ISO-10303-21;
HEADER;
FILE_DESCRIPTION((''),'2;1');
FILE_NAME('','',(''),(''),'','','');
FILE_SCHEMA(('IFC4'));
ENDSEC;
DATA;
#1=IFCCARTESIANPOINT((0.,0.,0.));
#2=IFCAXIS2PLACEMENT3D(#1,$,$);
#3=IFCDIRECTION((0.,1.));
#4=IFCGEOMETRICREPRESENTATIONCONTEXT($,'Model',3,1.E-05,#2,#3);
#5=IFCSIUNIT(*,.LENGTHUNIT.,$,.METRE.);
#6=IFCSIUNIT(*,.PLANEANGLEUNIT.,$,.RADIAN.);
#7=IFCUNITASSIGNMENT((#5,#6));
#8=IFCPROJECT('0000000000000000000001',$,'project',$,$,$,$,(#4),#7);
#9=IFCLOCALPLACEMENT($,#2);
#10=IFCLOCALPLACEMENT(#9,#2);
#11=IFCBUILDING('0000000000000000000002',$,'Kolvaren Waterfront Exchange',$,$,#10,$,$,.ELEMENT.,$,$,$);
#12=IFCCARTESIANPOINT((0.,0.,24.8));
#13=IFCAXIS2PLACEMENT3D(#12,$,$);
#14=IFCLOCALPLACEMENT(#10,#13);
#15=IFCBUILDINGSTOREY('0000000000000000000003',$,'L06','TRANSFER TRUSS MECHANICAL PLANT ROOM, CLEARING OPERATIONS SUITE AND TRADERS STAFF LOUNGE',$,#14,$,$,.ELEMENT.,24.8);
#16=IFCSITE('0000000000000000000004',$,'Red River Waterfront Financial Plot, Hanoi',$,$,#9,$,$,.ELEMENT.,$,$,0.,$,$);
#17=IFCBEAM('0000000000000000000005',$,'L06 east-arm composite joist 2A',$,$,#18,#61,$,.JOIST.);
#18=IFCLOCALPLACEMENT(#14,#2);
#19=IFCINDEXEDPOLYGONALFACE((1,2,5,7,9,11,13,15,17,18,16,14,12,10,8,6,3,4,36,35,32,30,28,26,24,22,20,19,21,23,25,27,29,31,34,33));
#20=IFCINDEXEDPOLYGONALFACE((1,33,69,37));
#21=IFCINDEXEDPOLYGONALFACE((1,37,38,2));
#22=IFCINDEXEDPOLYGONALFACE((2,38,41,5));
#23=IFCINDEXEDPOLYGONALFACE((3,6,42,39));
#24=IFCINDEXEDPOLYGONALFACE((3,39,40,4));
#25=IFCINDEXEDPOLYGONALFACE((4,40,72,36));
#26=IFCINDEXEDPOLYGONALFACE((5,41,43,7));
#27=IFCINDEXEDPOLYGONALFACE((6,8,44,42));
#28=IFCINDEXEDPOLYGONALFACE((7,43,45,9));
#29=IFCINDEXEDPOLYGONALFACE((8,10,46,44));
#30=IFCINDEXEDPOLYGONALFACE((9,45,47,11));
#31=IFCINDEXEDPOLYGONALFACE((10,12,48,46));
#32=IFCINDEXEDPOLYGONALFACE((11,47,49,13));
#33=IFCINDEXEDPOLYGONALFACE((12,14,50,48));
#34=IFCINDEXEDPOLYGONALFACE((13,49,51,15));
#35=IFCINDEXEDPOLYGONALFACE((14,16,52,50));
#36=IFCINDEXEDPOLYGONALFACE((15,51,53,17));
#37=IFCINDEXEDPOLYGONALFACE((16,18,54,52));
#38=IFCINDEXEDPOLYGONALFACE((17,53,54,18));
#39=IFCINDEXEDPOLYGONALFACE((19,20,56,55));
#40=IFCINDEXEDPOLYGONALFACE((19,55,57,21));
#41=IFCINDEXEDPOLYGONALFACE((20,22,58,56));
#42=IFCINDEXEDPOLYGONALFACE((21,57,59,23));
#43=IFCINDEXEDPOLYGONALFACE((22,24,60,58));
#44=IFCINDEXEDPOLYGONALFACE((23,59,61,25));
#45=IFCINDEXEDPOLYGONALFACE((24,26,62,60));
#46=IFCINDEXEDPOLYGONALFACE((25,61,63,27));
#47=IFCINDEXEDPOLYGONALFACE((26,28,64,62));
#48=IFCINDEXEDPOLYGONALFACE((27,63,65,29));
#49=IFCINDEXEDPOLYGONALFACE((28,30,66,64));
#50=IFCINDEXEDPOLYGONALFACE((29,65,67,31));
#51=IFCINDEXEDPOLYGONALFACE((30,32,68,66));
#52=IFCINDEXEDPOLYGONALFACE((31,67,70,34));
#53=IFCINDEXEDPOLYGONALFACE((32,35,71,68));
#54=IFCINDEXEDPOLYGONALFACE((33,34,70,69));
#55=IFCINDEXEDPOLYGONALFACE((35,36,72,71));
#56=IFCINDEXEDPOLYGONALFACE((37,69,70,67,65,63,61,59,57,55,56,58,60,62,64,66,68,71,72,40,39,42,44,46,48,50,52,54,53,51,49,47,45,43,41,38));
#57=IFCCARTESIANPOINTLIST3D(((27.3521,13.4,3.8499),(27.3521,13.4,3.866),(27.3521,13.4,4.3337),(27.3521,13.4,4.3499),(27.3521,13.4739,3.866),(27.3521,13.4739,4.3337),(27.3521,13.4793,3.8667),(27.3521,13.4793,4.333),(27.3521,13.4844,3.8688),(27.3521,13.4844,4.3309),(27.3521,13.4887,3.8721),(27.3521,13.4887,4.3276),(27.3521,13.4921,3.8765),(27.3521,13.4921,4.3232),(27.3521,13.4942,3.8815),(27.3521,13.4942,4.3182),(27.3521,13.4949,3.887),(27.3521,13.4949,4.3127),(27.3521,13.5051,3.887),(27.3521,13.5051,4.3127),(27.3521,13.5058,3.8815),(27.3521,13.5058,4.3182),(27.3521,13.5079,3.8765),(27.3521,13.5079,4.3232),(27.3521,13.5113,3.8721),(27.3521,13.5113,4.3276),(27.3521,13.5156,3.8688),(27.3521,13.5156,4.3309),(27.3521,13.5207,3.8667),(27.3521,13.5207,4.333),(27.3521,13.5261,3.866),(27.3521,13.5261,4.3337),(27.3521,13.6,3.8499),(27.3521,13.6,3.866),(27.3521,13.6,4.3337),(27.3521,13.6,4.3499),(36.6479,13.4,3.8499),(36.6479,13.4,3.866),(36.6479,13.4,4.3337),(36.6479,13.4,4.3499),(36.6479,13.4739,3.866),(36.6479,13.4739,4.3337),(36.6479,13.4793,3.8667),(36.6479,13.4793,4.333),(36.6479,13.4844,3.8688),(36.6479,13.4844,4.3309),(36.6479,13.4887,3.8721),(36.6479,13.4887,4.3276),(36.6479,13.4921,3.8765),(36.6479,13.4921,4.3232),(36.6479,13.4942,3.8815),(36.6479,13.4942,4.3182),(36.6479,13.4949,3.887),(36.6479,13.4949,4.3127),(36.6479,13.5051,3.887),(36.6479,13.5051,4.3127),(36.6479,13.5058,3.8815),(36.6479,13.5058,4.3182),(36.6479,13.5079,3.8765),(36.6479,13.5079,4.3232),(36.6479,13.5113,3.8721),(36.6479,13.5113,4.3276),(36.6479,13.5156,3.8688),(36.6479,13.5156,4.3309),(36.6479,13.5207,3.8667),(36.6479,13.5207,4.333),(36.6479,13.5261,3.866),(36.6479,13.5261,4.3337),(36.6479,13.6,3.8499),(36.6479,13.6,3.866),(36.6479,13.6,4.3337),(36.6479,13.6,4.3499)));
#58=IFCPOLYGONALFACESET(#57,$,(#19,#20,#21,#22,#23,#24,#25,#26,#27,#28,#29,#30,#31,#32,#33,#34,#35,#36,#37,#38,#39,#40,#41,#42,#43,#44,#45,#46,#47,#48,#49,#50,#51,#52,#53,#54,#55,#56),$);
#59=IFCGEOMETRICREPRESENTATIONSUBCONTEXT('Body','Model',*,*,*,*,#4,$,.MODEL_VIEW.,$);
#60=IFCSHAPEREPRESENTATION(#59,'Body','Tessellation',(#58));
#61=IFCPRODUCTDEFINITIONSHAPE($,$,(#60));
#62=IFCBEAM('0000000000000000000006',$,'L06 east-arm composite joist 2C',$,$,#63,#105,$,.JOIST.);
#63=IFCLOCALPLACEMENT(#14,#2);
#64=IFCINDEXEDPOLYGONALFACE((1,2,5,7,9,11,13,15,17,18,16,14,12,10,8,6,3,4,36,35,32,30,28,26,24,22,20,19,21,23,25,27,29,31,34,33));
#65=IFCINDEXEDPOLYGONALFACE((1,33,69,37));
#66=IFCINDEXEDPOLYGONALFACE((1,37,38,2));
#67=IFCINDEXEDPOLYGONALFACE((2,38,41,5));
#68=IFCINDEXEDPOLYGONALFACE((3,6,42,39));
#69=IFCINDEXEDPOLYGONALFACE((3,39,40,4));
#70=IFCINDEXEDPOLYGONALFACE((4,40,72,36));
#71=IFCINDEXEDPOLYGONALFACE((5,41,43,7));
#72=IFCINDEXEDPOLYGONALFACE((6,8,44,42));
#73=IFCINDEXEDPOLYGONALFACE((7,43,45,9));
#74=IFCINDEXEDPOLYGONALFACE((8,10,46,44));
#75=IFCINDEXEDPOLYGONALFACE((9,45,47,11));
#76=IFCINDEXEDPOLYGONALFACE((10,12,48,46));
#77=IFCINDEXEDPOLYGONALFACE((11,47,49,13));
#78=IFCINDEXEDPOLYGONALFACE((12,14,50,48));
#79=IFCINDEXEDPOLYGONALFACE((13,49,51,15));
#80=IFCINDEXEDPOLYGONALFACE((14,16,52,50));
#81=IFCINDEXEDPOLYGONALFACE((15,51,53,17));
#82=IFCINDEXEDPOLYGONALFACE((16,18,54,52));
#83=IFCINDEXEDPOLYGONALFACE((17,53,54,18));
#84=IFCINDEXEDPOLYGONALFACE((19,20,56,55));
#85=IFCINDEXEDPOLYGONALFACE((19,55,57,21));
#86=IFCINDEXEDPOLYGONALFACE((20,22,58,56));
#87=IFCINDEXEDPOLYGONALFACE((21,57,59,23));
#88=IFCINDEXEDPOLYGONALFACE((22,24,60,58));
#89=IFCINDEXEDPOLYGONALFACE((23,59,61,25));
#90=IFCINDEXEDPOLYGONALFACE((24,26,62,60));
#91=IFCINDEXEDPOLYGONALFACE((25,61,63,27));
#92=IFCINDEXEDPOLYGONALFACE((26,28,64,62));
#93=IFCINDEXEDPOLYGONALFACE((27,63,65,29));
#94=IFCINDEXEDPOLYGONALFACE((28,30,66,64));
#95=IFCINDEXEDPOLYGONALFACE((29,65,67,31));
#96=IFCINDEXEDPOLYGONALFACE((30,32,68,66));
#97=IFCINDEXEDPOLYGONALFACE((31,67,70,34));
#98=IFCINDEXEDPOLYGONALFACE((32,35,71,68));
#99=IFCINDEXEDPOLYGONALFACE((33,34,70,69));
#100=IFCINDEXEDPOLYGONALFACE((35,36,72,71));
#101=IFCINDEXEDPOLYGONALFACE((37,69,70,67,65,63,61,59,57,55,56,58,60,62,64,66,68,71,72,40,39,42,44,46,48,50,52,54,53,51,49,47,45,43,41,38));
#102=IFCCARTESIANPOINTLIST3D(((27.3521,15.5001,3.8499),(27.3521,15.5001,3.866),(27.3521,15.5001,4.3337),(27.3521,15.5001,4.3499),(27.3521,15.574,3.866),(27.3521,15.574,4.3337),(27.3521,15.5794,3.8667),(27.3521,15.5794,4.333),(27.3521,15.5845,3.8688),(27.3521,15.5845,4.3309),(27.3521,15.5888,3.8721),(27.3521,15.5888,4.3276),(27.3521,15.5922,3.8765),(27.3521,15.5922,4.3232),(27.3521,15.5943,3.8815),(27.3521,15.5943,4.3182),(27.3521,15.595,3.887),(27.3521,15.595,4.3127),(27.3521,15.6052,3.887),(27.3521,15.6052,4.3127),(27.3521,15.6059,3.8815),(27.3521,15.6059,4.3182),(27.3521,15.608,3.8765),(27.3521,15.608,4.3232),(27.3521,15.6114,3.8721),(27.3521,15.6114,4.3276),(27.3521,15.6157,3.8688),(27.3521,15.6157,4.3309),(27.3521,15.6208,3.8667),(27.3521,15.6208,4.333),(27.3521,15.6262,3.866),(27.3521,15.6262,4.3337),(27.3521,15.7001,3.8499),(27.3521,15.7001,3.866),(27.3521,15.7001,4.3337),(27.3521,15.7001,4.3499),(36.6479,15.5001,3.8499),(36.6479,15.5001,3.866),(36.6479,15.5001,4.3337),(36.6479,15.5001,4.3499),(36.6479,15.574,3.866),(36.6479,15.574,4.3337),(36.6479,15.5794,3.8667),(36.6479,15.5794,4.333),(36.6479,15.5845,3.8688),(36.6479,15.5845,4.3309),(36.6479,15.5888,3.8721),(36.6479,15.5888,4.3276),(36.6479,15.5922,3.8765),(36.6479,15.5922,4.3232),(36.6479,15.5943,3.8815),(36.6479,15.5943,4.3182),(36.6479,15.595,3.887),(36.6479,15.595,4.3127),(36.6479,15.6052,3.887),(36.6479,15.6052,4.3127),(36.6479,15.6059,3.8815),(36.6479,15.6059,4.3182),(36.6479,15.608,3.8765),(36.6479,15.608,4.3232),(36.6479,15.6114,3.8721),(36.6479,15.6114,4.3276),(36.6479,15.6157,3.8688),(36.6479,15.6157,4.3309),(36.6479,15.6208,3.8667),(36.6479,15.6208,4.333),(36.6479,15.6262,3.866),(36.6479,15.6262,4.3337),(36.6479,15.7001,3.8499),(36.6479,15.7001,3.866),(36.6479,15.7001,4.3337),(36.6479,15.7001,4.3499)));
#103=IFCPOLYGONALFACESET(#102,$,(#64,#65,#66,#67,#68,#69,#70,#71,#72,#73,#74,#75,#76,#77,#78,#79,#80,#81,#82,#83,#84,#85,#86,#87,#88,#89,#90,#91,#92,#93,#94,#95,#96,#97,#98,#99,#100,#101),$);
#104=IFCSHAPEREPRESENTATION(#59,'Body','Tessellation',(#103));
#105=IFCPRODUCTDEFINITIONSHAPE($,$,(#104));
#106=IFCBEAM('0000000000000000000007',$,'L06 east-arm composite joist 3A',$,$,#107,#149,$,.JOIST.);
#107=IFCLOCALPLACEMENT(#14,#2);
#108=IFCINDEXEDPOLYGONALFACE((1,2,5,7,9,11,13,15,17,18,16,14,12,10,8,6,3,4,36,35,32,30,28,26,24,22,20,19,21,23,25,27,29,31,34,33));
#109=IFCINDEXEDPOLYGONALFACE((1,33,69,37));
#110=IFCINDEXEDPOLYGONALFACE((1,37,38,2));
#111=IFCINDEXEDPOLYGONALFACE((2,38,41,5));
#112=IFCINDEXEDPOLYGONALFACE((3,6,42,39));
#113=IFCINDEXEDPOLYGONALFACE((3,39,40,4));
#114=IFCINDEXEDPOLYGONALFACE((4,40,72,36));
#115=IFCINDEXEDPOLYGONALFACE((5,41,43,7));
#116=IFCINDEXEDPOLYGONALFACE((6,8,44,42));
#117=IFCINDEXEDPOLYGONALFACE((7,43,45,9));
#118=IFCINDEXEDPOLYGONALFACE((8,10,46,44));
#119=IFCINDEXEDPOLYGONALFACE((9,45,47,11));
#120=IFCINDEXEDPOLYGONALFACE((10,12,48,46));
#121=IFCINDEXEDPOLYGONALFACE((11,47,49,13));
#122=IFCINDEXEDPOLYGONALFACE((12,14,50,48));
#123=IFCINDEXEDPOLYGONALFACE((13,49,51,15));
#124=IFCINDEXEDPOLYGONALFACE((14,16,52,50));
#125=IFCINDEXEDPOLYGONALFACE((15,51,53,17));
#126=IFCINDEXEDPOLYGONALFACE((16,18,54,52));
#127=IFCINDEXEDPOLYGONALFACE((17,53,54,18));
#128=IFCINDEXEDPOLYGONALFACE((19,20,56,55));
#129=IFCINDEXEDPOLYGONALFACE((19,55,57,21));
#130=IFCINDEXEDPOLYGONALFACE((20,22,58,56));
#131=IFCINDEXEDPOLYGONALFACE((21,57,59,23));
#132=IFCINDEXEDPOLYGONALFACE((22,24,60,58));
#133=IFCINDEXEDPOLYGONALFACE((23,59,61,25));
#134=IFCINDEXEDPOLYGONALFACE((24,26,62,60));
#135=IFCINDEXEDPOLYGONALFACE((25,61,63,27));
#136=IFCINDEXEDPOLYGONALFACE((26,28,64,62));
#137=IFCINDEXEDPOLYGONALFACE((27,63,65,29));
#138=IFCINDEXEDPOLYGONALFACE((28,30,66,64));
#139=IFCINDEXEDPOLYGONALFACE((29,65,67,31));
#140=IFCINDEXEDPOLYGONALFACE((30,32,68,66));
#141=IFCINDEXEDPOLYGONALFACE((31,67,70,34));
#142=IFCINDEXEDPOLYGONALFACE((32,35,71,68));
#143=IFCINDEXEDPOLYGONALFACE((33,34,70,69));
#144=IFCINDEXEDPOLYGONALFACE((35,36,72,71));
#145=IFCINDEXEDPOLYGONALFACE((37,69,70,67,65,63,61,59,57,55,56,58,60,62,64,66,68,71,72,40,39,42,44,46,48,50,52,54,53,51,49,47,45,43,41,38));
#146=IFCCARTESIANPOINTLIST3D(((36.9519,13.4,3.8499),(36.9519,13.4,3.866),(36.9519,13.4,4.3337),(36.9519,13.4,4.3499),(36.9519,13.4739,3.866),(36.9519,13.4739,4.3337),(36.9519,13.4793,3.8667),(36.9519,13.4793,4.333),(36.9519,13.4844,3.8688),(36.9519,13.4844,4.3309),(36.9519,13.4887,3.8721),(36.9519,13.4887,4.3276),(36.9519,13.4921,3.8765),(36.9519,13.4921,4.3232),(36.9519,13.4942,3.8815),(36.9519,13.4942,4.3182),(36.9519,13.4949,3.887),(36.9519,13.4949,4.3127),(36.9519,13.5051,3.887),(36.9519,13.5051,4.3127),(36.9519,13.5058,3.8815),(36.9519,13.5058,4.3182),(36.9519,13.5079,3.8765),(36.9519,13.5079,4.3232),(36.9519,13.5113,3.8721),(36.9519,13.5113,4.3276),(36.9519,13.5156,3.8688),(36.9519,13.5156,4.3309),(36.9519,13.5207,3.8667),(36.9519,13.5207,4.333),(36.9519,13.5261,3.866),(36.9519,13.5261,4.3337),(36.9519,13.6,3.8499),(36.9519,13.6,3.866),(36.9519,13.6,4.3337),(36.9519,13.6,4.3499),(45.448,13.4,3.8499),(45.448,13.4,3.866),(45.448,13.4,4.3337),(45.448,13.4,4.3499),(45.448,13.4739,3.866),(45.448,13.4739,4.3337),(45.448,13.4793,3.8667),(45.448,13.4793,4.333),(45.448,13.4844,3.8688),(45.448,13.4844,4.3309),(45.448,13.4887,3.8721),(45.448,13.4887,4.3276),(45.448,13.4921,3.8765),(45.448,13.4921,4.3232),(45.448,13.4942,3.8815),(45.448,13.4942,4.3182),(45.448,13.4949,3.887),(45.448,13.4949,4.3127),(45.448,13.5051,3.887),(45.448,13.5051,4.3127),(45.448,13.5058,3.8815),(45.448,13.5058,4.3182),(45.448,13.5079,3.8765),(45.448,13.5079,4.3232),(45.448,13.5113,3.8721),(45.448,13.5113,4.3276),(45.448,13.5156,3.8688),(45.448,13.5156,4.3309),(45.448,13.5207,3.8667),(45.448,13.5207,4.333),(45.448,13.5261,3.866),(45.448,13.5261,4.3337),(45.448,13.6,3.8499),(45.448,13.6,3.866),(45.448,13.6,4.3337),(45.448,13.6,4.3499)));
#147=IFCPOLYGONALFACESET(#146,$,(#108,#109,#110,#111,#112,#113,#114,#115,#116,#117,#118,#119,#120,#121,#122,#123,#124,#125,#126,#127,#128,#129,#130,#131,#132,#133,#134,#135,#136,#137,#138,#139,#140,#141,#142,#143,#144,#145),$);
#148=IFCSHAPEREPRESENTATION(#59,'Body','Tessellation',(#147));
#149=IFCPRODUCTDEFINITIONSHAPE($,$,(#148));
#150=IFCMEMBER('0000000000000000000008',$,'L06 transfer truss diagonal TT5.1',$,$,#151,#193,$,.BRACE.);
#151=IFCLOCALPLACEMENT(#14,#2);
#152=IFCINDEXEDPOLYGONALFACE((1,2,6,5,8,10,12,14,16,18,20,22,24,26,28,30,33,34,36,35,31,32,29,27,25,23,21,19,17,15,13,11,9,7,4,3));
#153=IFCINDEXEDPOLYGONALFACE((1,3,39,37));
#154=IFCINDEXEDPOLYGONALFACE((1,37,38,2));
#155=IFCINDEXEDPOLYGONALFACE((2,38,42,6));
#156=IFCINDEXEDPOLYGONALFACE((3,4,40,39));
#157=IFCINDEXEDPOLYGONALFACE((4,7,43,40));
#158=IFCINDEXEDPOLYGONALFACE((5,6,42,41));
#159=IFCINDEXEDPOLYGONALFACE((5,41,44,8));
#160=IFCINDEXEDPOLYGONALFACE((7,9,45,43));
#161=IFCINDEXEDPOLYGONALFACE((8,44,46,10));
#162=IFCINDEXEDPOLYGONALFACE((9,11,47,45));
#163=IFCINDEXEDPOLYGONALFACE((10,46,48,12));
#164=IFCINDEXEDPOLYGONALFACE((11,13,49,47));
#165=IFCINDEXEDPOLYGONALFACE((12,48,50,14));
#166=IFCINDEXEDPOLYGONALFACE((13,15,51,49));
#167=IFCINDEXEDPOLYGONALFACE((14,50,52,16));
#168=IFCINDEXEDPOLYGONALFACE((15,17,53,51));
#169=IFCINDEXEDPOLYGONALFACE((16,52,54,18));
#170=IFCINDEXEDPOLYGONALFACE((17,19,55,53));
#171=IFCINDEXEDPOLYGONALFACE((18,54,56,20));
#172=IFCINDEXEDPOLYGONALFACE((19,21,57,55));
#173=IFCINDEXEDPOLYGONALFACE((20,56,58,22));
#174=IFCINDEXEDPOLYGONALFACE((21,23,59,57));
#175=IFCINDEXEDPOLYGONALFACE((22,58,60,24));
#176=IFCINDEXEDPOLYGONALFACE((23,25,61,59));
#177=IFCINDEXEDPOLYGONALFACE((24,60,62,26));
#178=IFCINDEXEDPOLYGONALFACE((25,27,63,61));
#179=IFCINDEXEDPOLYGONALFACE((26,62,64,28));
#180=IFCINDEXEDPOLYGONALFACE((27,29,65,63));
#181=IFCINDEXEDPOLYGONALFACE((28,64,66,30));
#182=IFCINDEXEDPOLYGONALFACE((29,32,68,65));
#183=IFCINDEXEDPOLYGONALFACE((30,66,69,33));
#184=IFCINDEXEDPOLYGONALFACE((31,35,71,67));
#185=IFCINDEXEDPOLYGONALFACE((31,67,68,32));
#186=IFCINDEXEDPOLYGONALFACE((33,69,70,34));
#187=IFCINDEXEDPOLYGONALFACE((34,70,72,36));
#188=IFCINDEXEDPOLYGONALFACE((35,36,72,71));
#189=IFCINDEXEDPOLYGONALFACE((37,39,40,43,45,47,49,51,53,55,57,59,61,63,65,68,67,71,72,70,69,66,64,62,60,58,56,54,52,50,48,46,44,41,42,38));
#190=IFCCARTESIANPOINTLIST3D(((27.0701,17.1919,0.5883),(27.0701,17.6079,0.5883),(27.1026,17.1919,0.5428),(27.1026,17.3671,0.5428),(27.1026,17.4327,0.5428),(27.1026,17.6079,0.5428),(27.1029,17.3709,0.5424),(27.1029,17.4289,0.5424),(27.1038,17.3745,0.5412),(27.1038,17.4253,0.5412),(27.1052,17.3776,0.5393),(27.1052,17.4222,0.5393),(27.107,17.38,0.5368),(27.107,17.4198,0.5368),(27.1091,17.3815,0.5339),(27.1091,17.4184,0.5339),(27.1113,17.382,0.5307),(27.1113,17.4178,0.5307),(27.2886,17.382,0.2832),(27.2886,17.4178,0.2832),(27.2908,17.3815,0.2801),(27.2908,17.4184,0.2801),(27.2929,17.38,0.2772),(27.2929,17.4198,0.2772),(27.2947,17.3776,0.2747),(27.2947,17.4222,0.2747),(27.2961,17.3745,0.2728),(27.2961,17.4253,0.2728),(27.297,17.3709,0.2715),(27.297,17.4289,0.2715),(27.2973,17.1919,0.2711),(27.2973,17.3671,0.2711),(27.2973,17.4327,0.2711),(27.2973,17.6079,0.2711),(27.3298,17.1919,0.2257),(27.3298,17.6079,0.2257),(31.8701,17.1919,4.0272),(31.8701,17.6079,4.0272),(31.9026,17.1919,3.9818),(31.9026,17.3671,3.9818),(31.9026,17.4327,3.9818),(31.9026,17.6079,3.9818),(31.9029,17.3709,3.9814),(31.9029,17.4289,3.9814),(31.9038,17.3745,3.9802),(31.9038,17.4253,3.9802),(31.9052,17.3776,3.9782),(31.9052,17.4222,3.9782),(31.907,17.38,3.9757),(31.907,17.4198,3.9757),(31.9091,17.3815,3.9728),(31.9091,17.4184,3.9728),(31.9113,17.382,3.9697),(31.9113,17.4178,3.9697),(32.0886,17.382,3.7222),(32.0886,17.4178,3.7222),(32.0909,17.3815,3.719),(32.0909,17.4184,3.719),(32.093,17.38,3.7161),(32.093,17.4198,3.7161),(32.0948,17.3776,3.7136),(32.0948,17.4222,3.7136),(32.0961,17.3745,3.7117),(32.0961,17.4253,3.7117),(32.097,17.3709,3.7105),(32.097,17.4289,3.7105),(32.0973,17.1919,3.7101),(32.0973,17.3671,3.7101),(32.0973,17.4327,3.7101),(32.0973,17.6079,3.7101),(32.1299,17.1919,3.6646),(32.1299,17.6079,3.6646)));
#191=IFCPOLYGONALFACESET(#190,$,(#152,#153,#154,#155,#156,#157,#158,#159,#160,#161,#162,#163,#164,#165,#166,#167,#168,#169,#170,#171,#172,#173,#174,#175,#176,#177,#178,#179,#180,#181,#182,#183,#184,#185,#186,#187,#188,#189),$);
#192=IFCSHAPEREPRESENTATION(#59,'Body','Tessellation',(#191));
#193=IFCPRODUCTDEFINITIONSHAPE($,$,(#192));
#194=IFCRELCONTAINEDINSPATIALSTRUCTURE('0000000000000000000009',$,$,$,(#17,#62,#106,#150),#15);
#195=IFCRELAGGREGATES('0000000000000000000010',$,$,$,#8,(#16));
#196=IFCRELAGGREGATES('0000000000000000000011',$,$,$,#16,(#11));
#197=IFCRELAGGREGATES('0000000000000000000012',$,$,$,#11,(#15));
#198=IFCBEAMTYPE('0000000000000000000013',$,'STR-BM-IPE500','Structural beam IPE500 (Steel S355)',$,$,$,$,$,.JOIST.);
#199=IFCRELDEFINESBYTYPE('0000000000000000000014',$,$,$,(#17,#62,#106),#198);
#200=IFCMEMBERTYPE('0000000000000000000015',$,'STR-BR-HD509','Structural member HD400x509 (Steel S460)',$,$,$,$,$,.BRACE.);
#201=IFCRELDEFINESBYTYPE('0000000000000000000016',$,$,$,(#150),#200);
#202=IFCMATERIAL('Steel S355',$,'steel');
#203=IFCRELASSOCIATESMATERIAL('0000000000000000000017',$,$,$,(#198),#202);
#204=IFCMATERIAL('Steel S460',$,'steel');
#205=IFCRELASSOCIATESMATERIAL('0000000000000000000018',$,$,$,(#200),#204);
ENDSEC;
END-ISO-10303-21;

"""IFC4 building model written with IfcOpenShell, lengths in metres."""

from ifc_helpers import new_model, si_unit, direction, frame, origin, origin_2d, place, context, subcontext, project, spatial, i_section, extrude, material, material_profile, profile_set, type_object, element, save


model = new_model("IFC4")

# Units and contexts
model_context = context("Model", 3, precision=1e-05, world=origin(), true_north=direction((0.0, 1.0)))
body_context = subcontext(model_context, "Body", "Model", "MODEL_VIEW")
ifc_project = project(units=[si_unit("LENGTHUNIT", "METRE"), si_unit("PLANEANGLEUNIT", "RADIAN")], contexts=[model_context])

# Site, building, storey
site_placement = place(None, origin())
site = spatial("IfcSite", under=ifc_project, at=site_placement, Name="Red River Waterfront Financial Plot, Hanoi", CompositionType="ELEMENT", RefElevation=0.0)
building_placement = place(site_placement, origin())
building = spatial("IfcBuilding", under=site, at=building_placement, Name="Kolvaren Waterfront Exchange", CompositionType="ELEMENT")
storey_placement = place(building_placement, frame((0.0, 0.0, 24.8)))
storey = spatial("IfcBuildingStorey", under=building, at=storey_placement, Name="L06", Description="TRANSFER TRUSS MECHANICAL PLANT ROOM, CLEARING OPERATIONS SUITE AND TRADERS STAFF LOUNGE", CompositionType="ELEMENT", Elevation=24.8)

# Beams
ifc_material_1 = material(Name="Steel S355", Category="steel")
ifc_material_profile_1 = material_profile(ifc_material_1, i_section(OverallWidth=0.2, OverallDepth=0.5, WebThickness=0.0103, FlangeThickness=0.0161, FilletRadius=0.021, at=origin_2d()), Name="IPE500")
ifc_profile_set_1 = profile_set([ifc_material_profile_1], Name="Steel S355")
beam_type_1 = type_object("IfcBeamType", Name="STR-BM-IPE500", Description="Structural beam IPE500 (Steel S355)", PredefinedType="JOIST", material=ifc_profile_set_1)
for number, where, z_axis, x_axis, name in (
    (1, (27.3521, 13.5, 4.0999), (1.0, 0.0, 0.0), (0.0, 1.0, 0.0), "L06 east-arm composite joist 2A"),
    (2, (27.3521, 15.6001, 4.0999), (1.0, 0.0, 0.0), (0.0, 1.0, 0.0), "L06 east-arm composite joist 2C"),
):
    element("IfcBeam", number, at=place(storey_placement, frame(where, z_axis=z_axis, x_axis=x_axis)), inside=storey, type_object=beam_type_1, Name=name, PredefinedType="JOIST", context=body_context, shape_type="SweptSolid", body=[
        extrude(i_section(OverallWidth=0.2, OverallDepth=0.5, WebThickness=0.0103, FlangeThickness=0.0161, FilletRadius=0.021, at=origin_2d()), origin(), (0.0, 0.0, 1.0), 9.2959),
    ])
beam_1_placement = place(storey_placement, frame((36.9519, 13.5, 4.0999), z_axis=(1.0, 0.0, 0.0), x_axis=(0.0, 1.0, 0.0)))
element("IfcBeam", 3, at=beam_1_placement, inside=storey, type_object=beam_type_1, Name="L06 east-arm composite joist 3A", PredefinedType="JOIST", context=body_context, shape_type="SweptSolid", body=[
    extrude(i_section(OverallWidth=0.2, OverallDepth=0.5, WebThickness=0.0103, FlangeThickness=0.0161, FilletRadius=0.021, at=origin_2d()), origin(), (0.0, 0.0, 1.0), 8.4961),
])

# Member
ifc_material_2 = material(Name="Steel S460", Category="steel")
ifc_material_profile_2 = material_profile(ifc_material_2, i_section(OverallWidth=0.416, OverallDepth=0.446, WebThickness=0.0359, FlangeThickness=0.0559, FilletRadius=0.0149, at=origin_2d()), Name="HD400x509")
ifc_profile_set_2 = profile_set([ifc_material_profile_2], Name="Steel S460")
member_type = type_object("IfcMemberType", Name="STR-BR-HD509", Description="Structural member HD400x509 (Steel S460)", PredefinedType="BRACE", material=ifc_profile_set_2)
for number, where, z_axis, x_axis, name in (
    (4, (27.2, 17.3999, 0.407), (0.812903, 0.0, 0.582399), (0.0, 1.0, 0.0), "L06 transfer truss diagonal TT5.1"),
):
    element("IfcMember", number, at=place(storey_placement, frame(where, z_axis=z_axis, x_axis=x_axis)), inside=storey, type_object=member_type, Name=name, PredefinedType="BRACE", context=body_context, shape_type="SweptSolid", body=[
        extrude(i_section(OverallWidth=0.416, OverallDepth=0.446, WebThickness=0.0359, FlangeThickness=0.0559, FilletRadius=0.0149, at=origin_2d()), origin(), (0.0, 0.0, 1.0), 5.9048),
    ])

save(model, "model.ifc")
